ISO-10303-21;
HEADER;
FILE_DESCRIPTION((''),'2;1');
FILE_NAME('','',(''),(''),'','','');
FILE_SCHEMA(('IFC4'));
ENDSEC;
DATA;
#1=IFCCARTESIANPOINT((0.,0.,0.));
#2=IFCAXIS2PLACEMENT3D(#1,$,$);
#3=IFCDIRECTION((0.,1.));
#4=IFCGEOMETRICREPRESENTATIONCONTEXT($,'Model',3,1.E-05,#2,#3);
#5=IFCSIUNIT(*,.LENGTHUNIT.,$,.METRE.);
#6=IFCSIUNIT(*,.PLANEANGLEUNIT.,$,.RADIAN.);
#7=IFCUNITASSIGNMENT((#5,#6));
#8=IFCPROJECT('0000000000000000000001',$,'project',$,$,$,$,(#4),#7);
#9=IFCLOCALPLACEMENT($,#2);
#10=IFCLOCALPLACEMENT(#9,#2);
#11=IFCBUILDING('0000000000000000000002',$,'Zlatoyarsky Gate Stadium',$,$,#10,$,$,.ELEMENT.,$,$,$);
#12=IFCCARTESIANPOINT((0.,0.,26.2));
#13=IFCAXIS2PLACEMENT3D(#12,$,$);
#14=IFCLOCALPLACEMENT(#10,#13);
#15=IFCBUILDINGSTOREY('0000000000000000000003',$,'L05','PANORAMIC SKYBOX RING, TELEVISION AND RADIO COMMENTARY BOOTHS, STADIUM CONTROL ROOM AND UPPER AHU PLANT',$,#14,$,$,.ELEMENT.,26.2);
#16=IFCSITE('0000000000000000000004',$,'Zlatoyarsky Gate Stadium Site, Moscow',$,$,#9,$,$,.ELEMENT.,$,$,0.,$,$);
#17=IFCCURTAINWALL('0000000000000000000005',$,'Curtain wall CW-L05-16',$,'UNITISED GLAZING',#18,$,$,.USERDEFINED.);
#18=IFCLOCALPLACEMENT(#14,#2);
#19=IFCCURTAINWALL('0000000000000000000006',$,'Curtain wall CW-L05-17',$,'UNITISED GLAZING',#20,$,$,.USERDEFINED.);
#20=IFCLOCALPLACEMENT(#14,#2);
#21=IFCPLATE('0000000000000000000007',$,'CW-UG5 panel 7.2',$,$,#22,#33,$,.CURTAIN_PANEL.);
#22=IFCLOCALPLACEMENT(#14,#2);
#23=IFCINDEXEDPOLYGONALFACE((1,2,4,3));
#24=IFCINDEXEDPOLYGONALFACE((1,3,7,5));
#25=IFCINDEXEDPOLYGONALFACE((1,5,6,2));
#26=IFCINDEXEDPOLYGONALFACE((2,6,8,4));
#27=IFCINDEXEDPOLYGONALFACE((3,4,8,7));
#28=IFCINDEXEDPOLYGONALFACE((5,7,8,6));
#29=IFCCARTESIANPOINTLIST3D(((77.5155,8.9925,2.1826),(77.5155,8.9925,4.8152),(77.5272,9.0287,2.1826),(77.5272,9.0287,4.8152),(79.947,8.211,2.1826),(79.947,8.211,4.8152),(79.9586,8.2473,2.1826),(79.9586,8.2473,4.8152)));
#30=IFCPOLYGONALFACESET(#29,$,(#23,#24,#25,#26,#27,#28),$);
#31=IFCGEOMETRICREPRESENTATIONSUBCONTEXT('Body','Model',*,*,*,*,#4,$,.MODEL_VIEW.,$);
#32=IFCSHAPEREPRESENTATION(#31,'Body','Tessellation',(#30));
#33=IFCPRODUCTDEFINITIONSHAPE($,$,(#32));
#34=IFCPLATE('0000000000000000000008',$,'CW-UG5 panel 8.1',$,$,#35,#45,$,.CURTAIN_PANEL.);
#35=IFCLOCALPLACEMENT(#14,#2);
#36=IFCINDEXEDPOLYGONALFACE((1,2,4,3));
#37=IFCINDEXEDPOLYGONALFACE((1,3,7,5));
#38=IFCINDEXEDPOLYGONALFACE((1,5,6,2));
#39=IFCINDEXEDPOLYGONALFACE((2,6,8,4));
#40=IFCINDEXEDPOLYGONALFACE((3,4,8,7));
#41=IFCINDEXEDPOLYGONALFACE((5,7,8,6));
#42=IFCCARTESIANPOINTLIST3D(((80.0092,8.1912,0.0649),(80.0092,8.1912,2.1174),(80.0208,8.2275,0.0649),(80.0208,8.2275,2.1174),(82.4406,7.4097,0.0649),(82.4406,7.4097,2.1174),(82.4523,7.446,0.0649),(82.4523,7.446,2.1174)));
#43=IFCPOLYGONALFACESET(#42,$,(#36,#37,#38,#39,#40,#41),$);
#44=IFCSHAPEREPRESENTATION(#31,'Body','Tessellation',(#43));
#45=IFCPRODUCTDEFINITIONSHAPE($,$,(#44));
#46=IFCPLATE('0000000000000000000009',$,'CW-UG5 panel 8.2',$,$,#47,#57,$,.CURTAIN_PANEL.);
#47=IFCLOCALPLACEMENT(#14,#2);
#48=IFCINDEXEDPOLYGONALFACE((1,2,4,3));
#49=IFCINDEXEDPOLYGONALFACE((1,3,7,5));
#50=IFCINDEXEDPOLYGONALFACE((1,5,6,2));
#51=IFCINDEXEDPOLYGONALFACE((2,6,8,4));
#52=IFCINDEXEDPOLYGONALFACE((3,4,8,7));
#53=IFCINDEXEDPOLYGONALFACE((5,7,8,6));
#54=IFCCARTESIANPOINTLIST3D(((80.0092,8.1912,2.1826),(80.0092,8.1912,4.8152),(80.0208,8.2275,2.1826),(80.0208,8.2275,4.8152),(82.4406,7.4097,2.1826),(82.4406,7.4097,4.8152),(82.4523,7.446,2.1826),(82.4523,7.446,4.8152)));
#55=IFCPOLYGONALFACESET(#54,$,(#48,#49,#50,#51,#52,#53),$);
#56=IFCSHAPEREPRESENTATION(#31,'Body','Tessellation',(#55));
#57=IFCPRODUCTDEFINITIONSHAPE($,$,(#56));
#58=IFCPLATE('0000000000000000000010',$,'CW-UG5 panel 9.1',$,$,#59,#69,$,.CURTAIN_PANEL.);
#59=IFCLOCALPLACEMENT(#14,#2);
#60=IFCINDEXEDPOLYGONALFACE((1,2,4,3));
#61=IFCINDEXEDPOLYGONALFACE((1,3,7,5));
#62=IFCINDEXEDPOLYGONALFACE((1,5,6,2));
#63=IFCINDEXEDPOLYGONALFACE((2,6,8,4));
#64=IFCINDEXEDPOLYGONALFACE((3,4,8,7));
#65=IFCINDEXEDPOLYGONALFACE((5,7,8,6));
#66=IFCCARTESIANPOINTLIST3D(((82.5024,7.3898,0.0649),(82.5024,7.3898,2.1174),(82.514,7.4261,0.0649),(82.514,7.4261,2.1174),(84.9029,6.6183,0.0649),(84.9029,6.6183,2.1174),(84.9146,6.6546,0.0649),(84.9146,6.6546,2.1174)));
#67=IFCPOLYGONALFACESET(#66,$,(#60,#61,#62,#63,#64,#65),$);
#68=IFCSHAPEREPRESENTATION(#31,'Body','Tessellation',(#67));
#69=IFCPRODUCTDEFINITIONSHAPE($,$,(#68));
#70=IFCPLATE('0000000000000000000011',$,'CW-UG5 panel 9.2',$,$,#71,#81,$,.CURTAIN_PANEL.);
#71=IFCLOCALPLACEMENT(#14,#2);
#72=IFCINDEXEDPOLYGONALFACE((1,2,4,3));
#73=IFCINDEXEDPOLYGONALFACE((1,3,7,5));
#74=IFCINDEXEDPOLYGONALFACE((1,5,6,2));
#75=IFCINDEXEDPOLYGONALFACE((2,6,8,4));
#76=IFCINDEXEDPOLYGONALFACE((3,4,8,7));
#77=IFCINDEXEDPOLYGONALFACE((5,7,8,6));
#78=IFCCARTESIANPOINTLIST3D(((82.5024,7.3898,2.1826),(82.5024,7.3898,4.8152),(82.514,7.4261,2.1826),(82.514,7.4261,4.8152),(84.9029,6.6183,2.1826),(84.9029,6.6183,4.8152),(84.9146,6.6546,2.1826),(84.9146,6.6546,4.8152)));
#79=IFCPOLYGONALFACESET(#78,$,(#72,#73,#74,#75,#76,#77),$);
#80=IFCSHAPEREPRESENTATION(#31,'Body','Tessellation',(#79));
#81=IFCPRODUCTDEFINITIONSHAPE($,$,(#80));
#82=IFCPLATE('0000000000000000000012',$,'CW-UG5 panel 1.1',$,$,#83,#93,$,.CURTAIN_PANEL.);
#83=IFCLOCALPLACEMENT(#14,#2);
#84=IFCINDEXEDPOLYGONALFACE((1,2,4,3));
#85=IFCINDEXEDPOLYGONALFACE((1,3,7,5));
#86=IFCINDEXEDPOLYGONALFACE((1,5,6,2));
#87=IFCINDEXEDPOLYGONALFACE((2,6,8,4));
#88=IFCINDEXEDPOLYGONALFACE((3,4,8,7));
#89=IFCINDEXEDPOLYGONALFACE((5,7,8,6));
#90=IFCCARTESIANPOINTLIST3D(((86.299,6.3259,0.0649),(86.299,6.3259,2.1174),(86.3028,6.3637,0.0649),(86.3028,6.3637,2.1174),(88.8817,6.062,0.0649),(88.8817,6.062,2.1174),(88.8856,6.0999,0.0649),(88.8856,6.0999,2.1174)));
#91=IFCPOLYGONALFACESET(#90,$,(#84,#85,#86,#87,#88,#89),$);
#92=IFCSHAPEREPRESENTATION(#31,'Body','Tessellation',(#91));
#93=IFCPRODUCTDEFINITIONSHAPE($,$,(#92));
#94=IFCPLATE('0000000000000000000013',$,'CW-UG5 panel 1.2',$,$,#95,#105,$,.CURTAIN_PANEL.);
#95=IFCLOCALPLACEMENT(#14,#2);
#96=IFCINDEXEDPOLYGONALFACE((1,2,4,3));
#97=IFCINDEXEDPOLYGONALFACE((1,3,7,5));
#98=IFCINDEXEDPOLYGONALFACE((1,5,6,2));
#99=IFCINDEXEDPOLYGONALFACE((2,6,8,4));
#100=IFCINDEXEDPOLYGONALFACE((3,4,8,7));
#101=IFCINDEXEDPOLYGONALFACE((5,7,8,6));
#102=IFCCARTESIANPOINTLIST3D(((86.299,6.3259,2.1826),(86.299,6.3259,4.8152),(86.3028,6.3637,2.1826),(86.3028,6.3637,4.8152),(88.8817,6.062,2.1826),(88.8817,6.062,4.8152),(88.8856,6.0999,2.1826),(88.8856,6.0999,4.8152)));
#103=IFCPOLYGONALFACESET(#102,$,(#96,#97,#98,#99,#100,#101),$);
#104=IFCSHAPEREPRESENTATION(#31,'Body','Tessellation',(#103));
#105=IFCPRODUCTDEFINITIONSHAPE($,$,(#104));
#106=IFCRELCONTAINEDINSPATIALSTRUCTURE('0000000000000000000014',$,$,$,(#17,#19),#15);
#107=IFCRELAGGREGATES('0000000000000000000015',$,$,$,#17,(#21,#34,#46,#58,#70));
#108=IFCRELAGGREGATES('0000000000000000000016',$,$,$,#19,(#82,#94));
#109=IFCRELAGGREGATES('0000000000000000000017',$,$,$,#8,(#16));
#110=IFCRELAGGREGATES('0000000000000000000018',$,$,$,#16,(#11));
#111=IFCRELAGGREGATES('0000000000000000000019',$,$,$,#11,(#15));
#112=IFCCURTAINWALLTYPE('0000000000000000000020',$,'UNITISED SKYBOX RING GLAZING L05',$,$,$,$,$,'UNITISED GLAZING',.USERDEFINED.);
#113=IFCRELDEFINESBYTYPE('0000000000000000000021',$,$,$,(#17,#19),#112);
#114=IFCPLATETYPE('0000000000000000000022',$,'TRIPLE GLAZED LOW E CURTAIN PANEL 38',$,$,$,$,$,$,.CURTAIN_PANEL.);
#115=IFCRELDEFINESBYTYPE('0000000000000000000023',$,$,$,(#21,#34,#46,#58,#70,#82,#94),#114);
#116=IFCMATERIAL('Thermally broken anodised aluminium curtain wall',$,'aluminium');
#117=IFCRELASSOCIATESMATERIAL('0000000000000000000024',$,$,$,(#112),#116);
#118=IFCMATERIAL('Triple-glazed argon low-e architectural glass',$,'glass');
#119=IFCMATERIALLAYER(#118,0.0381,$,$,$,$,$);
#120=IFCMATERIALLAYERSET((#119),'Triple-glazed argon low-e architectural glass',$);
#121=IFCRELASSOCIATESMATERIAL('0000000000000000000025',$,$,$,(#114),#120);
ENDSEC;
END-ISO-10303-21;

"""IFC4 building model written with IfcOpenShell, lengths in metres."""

from ifc_helpers import new_model, si_unit, direction, frame, origin, origin_2d, place, context, subcontext, project, spatial, rectangle, extrude, material, layer, layer_set, type_object, element, aggregate, save


model = new_model("IFC4")

# Units and contexts
model_context = context("Model", 3, precision=1e-05, world=origin(), true_north=direction((0.0, 1.0)))
body_context = subcontext(model_context, "Body", "Model", "MODEL_VIEW")
ifc_project = project(units=[si_unit("LENGTHUNIT", "METRE"), si_unit("PLANEANGLEUNIT", "RADIAN")], contexts=[model_context])

# Site, building, storey
site_placement = place(None, origin())
site = spatial("IfcSite", under=ifc_project, at=site_placement, Name="Zlatoyarsky Gate Stadium Site, Moscow", CompositionType="ELEMENT", RefElevation=0.0)
building_placement = place(site_placement, origin())
building = spatial("IfcBuilding", under=site, at=building_placement, Name="Zlatoyarsky Gate Stadium", CompositionType="ELEMENT")
storey_placement = place(building_placement, frame((0.0, 0.0, 26.2)))
storey = spatial("IfcBuildingStorey", under=building, at=storey_placement, Name="L05", Description="PANORAMIC SKYBOX RING, TELEVISION AND RADIO COMMENTARY BOOTHS, STADIUM CONTROL ROOM AND UPPER AHU PLANT", CompositionType="ELEMENT", Elevation=26.2)

# Curtain wall
ifc_material_1 = material(Name="Thermally broken anodised aluminium curtain wall", Category="aluminium")
curtain_wall_type = type_object("IfcCurtainWallType", Name="UNITISED SKYBOX RING GLAZING L05", ElementType="UNITISED GLAZING", PredefinedType="USERDEFINED", material=ifc_material_1)
curtain_wall_1_placement = place(storey_placement, origin())
curtain_wall_1 = element("IfcCurtainWall", 1, at=curtain_wall_1_placement, inside=storey, type_object=curtain_wall_type, Name="Curtain wall CW-L05-16", ObjectType="UNITISED GLAZING", PredefinedType="USERDEFINED")

# Curtain wall
curtain_wall_2_placement = place(storey_placement, origin())
curtain_wall_2 = element("IfcCurtainWall", 2, at=curtain_wall_2_placement, inside=storey, type_object=curtain_wall_type, Name="Curtain wall CW-L05-17", ObjectType="UNITISED GLAZING", PredefinedType="USERDEFINED")

# Plates
ifc_material_2 = material(Name="Triple-glazed argon low-e architectural glass", Category="glass")
ifc_layer_1 = layer(ifc_material_2, 0.0381)
ifc_layer_set_1 = layer_set([ifc_layer_1], Name="Triple-glazed argon low-e architectural glass")
plate_type_1 = type_object("IfcPlateType", Name="TRIPLE GLAZED LOW E CURTAIN PANEL 38", PredefinedType="CURTAIN_PANEL", material=ifc_layer_set_1)
plate_1_placement = place(storey_placement, frame((78.7371, 8.6199, 2.1826), z_axis=(0.0, 0.0, 1.0), x_axis=(0.952039, -0.305978, 0.0)))
plate_1 = element("IfcPlate", 3, at=plate_1_placement, type_object=plate_type_1, Name="CW-UG5 panel 7.2", PredefinedType="CURTAIN_PANEL", context=body_context, shape_type="SweptSolid", body=[
    extrude(rectangle(XDim=2.554, YDim=0.0381, at=origin_2d()), origin(), (0.0, 0.0, 1.0), 2.6326),
])
plate_2_placement = place(storey_placement, frame((81.2307, 7.8186, 0.0649), z_axis=(0.0, 0.0, 1.0), x_axis=(0.952039, -0.305978, 0.0)))
plate_2 = element("IfcPlate", 4, at=plate_2_placement, type_object=plate_type_1, Name="CW-UG5 panel 8.1", PredefinedType="CURTAIN_PANEL", context=body_context, shape_type="SweptSolid", body=[
    extrude(rectangle(XDim=2.554, YDim=0.0381, at=origin_2d()), origin(), (0.0, 0.0, 1.0), 2.0525),
])
plate_3_placement = place(storey_placement, frame((81.2307, 7.8186, 2.1826), z_axis=(0.0, 0.0, 1.0), x_axis=(0.952039, -0.305978, 0.0)))
plate_3 = element("IfcPlate", 5, at=plate_3_placement, type_object=plate_type_1, Name="CW-UG5 panel 8.2", PredefinedType="CURTAIN_PANEL", context=body_context, shape_type="SweptSolid", body=[
    extrude(rectangle(XDim=2.554, YDim=0.0381, at=origin_2d()), origin(), (0.0, 0.0, 1.0), 2.6326),
])
plate_4_placement = place(storey_placement, frame((83.7085, 7.0222, 0.0649), z_axis=(0.0, 0.0, 1.0), x_axis=(0.952039, -0.305978, 0.0)))
plate_4 = element("IfcPlate", 6, at=plate_4_placement, type_object=plate_type_1, Name="CW-UG5 panel 9.1", PredefinedType="CURTAIN_PANEL", context=body_context, shape_type="SweptSolid", body=[
    extrude(rectangle(XDim=2.5215, YDim=0.0381, at=origin_2d()), origin(), (0.0, 0.0, 1.0), 2.0525),
])
plate_5_placement = place(storey_placement, frame((83.7085, 7.0222, 2.1826), z_axis=(0.0, 0.0, 1.0), x_axis=(0.952039, -0.305978, 0.0)))
plate_5 = element("IfcPlate", 7, at=plate_5_placement, type_object=plate_type_1, Name="CW-UG5 panel 9.2", PredefinedType="CURTAIN_PANEL", context=body_context, shape_type="SweptSolid", body=[
    extrude(rectangle(XDim=2.5215, YDim=0.0381, at=origin_2d()), origin(), (0.0, 0.0, 1.0), 2.6326),
])
aggregate(curtain_wall_1, [plate_1, plate_2, plate_3, plate_4, plate_5])
plate_6_placement = place(storey_placement, frame((87.5923, 6.2129, 0.0649), z_axis=(0.0, 0.0, 1.0), x_axis=(0.994823, -0.101618, 0.0)))
plate_6 = element("IfcPlate", 8, at=plate_6_placement, type_object=plate_type_1, Name="CW-UG5 panel 1.1", PredefinedType="CURTAIN_PANEL", context=body_context, shape_type="SweptSolid", body=[
    extrude(rectangle(XDim=2.5962, YDim=0.0381, at=origin_2d()), origin(), (0.0, 0.0, 1.0), 2.0525),
])
plate_7_placement = place(storey_placement, frame((87.5923, 6.2129, 2.1826), z_axis=(0.0, 0.0, 1.0), x_axis=(0.994823, -0.101618, 0.0)))
plate_7 = element("IfcPlate", 9, at=plate_7_placement, type_object=plate_type_1, Name="CW-UG5 panel 1.2", PredefinedType="CURTAIN_PANEL", context=body_context, shape_type="SweptSolid", body=[
    extrude(rectangle(XDim=2.5962, YDim=0.0381, at=origin_2d()), origin(), (0.0, 0.0, 1.0), 2.6326),
])
aggregate(curtain_wall_2, [plate_6, plate_7])

save(model, "model.ifc")
